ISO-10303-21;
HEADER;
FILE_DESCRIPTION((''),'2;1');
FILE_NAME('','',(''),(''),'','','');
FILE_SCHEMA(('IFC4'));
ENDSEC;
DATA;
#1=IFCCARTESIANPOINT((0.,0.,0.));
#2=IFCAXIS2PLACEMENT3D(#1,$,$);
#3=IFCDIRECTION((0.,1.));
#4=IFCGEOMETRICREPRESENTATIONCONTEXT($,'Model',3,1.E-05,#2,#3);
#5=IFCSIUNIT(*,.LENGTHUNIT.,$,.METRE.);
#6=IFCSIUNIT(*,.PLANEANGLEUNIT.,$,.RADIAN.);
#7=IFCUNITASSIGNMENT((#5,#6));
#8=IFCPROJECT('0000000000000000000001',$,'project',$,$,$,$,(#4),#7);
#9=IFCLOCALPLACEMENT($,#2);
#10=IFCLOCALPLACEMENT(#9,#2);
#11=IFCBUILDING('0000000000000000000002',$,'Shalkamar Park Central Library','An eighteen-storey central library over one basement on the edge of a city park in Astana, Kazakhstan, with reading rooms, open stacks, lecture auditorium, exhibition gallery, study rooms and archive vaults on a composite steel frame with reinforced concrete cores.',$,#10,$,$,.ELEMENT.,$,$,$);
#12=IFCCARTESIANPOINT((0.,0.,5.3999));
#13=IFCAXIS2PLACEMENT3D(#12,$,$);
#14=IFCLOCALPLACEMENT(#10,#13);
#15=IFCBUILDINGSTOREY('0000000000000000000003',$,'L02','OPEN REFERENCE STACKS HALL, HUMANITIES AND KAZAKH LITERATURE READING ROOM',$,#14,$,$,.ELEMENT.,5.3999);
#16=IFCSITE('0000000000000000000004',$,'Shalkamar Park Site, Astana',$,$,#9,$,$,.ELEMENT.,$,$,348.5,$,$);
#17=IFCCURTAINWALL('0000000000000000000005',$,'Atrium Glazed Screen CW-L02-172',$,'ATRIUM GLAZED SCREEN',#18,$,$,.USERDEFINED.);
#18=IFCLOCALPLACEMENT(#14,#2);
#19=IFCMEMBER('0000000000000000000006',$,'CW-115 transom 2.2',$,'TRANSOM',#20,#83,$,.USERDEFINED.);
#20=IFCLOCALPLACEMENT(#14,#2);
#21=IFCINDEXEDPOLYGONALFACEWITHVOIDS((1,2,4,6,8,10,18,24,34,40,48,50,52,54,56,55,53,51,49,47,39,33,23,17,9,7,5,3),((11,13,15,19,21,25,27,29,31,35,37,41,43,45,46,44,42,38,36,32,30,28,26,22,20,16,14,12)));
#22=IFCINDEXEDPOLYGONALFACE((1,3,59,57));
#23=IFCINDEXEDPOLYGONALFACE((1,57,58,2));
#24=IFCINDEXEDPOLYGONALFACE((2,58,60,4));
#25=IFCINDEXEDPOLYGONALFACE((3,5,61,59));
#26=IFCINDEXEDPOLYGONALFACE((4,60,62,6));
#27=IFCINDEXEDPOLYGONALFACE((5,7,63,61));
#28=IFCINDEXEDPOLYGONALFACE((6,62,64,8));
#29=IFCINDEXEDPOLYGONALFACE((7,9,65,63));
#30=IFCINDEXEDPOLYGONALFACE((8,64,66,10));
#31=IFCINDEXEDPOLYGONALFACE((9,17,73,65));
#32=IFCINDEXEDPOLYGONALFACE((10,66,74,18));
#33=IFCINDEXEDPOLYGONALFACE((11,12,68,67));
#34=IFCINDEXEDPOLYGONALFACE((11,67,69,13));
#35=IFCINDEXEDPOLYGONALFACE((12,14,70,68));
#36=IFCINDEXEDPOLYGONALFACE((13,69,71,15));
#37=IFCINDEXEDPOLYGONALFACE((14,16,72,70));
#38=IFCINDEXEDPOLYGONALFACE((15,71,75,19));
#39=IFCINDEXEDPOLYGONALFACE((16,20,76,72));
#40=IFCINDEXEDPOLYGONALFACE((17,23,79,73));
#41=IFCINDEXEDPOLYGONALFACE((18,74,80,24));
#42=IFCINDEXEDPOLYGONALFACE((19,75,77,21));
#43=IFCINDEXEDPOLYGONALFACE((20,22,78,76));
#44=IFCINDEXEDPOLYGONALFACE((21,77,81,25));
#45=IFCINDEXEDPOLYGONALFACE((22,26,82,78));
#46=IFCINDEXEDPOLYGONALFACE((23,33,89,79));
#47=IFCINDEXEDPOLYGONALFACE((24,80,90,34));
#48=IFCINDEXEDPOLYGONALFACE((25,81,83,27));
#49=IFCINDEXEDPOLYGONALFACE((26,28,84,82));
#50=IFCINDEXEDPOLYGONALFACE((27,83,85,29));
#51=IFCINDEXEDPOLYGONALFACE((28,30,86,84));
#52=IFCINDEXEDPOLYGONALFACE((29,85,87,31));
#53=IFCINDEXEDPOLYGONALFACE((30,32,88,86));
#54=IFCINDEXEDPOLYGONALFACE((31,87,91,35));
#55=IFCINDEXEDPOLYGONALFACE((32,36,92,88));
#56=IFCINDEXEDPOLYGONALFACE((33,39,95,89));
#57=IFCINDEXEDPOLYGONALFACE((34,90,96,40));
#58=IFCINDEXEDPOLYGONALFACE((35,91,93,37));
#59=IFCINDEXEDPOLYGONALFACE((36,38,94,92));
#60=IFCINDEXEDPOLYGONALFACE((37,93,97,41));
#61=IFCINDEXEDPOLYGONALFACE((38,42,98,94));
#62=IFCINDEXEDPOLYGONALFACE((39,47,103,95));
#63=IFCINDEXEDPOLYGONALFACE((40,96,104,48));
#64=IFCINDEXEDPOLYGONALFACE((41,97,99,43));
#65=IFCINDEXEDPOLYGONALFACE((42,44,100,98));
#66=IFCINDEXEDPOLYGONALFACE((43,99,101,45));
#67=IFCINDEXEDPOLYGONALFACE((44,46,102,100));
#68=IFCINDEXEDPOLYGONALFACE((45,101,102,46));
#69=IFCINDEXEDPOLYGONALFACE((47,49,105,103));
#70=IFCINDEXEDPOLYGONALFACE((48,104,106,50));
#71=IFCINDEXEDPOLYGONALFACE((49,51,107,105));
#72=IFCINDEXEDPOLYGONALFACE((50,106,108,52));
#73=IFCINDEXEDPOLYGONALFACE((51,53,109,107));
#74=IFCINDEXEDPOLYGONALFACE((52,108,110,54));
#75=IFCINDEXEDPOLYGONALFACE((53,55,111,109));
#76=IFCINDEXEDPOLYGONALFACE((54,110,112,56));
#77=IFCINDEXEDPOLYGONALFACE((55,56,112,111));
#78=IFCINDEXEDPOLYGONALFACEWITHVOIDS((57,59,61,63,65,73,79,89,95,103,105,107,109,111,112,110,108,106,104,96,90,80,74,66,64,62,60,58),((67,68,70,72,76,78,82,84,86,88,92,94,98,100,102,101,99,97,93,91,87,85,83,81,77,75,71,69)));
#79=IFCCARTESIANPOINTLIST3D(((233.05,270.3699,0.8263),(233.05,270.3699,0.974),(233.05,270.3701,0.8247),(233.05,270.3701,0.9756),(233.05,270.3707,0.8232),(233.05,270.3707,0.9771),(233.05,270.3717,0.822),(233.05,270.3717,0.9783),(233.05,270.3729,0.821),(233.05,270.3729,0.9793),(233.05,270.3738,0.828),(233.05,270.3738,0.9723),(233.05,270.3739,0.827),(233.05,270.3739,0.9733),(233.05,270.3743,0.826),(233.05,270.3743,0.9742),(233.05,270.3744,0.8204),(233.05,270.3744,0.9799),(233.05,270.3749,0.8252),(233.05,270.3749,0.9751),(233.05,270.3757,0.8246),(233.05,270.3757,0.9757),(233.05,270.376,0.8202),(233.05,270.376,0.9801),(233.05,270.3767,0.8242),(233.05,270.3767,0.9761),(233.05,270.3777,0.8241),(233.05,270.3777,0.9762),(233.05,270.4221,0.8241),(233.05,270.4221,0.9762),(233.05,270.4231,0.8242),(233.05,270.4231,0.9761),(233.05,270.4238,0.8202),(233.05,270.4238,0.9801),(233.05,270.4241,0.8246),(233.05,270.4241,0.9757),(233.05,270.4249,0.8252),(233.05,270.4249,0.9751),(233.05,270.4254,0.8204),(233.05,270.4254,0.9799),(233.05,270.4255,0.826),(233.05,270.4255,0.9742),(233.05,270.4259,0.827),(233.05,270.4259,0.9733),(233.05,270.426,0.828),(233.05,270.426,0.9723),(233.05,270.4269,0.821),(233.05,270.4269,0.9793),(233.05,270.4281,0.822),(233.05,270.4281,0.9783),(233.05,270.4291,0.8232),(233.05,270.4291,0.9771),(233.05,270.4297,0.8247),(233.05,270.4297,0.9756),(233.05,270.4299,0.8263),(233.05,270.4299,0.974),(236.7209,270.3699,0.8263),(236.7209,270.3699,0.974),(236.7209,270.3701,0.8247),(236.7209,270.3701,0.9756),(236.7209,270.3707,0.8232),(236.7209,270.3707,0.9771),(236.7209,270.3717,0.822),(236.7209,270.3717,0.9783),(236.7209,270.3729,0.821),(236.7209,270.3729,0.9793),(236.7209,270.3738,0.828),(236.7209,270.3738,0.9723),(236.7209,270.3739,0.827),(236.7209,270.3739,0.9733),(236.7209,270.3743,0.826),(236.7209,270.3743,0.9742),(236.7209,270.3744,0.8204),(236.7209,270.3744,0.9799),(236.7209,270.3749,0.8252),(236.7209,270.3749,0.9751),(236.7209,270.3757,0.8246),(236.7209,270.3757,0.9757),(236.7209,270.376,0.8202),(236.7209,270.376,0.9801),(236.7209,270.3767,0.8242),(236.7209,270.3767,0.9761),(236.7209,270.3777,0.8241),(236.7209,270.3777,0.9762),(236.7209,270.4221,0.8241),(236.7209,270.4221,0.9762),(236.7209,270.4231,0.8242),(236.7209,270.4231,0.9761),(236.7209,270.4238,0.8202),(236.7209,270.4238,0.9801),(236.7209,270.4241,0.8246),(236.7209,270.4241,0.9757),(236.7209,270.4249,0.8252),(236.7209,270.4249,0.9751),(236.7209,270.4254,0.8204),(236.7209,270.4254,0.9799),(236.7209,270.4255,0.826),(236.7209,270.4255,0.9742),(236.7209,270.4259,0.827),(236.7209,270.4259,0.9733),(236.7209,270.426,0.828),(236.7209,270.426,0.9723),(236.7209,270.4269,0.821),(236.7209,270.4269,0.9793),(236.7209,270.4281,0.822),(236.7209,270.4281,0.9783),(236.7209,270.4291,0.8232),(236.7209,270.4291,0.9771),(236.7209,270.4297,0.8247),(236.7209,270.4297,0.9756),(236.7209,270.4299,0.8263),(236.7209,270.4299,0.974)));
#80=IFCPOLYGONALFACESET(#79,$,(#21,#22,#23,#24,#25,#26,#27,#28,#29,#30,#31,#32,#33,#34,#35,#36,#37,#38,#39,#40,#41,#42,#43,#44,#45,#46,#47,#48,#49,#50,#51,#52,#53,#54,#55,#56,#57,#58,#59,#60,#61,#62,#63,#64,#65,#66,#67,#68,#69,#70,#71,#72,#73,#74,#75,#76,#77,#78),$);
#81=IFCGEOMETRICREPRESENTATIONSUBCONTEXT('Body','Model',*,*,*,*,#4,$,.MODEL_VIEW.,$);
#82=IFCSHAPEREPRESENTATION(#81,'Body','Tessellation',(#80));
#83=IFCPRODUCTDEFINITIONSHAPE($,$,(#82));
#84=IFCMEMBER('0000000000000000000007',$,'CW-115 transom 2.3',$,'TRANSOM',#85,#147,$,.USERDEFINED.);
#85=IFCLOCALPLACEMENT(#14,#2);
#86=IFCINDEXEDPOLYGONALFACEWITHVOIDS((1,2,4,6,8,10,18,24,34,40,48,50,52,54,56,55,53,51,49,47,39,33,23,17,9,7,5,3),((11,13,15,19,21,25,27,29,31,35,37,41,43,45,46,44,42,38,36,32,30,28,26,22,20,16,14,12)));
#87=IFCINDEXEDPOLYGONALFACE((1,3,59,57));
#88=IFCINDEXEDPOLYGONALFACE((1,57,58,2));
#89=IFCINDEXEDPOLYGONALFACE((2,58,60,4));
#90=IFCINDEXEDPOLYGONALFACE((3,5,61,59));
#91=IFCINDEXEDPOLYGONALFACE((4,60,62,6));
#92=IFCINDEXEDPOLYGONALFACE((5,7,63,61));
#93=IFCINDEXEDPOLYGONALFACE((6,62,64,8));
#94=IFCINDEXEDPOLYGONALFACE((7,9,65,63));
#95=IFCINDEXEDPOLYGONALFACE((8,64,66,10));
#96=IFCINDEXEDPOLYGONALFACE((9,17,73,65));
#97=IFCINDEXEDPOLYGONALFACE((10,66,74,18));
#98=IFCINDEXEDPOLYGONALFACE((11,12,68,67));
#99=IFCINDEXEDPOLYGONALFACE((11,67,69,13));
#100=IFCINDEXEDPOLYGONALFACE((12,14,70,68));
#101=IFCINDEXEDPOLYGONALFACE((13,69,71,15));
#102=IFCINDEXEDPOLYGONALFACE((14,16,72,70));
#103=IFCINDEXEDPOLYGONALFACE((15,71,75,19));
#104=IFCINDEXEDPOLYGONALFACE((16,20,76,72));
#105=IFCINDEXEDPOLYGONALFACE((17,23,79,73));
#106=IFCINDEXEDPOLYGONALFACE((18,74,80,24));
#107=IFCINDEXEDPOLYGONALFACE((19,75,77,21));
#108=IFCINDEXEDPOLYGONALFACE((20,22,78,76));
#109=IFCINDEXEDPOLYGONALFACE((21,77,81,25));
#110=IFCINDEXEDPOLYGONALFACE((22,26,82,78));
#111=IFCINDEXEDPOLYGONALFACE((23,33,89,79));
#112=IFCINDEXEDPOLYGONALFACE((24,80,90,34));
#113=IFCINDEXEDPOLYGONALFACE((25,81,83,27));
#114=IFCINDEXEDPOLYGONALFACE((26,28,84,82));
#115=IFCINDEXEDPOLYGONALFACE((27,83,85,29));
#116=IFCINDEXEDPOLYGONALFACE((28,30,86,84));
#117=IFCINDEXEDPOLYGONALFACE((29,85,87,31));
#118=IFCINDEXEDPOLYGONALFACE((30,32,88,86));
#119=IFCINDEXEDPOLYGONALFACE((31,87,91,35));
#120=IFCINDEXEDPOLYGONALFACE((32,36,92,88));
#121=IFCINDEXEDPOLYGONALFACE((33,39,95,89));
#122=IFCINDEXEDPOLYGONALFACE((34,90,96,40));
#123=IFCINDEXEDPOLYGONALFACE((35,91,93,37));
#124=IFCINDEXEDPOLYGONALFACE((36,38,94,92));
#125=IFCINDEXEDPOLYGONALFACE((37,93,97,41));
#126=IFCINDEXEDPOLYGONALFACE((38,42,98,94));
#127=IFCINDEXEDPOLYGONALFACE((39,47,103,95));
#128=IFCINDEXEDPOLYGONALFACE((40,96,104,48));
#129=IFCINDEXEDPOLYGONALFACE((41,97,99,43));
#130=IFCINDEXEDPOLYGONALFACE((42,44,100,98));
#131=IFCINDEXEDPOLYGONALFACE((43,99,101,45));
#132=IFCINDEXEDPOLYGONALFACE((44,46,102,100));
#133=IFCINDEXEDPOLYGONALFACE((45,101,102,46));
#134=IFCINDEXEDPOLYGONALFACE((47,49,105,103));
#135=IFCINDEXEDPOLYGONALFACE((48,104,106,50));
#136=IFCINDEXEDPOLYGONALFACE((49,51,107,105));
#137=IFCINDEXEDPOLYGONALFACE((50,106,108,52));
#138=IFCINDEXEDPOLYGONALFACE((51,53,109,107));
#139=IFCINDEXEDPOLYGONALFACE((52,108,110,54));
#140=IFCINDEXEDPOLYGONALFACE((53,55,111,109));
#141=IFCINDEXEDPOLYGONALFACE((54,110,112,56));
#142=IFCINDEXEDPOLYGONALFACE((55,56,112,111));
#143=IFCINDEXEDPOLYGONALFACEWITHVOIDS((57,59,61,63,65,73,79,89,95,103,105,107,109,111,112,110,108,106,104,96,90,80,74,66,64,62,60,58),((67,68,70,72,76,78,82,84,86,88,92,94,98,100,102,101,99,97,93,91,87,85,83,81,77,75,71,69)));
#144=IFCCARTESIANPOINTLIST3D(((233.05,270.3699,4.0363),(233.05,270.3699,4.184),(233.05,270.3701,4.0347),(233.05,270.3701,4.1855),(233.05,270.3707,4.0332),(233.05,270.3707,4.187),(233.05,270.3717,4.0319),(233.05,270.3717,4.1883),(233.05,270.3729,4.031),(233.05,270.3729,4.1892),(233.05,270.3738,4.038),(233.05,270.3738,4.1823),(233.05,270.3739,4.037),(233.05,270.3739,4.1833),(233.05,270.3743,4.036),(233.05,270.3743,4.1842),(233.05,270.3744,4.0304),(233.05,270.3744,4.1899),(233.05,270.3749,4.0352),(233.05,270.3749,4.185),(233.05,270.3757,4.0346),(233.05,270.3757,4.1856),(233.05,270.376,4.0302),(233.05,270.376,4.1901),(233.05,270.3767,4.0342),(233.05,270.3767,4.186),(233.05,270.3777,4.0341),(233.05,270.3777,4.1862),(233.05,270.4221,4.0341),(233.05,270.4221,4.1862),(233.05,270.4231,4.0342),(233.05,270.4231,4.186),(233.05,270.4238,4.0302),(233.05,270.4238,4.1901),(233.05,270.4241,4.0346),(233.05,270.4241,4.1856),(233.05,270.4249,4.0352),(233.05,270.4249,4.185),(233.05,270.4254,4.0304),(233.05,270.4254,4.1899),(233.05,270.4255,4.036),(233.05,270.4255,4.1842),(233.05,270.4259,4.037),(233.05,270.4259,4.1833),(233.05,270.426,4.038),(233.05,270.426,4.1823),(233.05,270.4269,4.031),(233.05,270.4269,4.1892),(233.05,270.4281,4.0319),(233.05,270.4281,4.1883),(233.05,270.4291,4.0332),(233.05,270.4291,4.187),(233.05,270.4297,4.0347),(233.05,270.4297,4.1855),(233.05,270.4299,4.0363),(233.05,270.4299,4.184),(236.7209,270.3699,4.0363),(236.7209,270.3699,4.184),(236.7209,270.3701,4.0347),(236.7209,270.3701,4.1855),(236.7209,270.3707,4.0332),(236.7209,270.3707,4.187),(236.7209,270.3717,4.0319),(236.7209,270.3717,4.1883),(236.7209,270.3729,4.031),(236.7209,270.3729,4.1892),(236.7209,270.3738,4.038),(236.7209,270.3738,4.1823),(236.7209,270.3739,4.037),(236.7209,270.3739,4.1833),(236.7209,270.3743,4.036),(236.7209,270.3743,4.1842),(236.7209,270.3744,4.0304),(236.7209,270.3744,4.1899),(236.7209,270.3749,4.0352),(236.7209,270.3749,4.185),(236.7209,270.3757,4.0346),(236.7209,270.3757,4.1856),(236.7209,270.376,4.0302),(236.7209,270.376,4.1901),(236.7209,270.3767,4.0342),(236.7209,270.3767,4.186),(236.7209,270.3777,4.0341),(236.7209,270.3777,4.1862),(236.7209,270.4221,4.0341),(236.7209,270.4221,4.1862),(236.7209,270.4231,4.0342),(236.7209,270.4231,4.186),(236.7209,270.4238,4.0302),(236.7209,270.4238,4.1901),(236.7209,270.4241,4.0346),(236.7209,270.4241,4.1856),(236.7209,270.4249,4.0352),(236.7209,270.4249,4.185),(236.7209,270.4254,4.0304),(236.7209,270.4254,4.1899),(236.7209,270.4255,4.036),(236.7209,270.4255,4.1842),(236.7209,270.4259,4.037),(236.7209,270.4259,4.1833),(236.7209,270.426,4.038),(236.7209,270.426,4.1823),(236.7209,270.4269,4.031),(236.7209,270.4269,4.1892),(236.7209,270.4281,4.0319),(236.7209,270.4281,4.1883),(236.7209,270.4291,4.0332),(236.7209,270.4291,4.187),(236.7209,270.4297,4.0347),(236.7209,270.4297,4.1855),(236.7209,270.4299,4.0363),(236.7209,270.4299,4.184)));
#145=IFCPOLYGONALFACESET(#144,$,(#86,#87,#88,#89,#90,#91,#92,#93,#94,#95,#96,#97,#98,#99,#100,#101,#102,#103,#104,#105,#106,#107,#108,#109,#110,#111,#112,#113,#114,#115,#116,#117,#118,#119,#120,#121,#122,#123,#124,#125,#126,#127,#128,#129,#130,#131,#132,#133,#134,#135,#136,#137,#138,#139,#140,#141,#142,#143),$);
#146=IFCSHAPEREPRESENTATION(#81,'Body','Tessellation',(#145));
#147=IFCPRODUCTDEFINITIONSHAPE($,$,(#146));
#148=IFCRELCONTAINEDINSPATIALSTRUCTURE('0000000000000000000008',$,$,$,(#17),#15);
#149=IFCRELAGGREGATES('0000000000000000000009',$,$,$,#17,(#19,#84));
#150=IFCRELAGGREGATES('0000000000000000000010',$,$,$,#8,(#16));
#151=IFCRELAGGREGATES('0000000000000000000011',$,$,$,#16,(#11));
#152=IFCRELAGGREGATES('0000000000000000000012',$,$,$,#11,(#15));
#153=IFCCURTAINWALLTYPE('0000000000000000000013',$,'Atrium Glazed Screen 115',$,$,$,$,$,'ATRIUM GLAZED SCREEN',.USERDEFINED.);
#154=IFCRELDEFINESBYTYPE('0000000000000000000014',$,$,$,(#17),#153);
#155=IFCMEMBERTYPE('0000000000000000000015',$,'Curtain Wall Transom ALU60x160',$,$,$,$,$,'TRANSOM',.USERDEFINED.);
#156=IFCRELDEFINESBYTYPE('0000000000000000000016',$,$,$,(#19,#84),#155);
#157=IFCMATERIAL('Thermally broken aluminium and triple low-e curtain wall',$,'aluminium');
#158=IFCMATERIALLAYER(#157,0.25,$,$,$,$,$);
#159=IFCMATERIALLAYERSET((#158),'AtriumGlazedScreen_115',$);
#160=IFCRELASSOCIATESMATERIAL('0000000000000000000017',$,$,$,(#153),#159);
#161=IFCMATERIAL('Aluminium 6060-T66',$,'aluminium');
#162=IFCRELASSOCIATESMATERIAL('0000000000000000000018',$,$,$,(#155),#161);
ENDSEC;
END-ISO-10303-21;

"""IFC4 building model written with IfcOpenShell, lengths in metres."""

from ifc_helpers import new_model, si_unit, direction, frame, origin, origin_2d, place, context, subcontext, project, spatial, hollow_rectangle, extrude, material, layer, layer_set, material_profile, profile_set, type_object, element, aggregate, save


model = new_model("IFC4")

# Units and contexts
model_context = context("Model", 3, precision=1e-05, world=origin(), true_north=direction((0.0, 1.0)))
body_context = subcontext(model_context, "Body", "Model", "MODEL_VIEW")
ifc_project = project(units=[si_unit("LENGTHUNIT", "METRE"), si_unit("PLANEANGLEUNIT", "RADIAN")], contexts=[model_context])

# Site, building, storey
site_placement = place(None, origin())
site = spatial("IfcSite", under=ifc_project, at=site_placement, Name="Shalkamar Park Site, Astana", CompositionType="ELEMENT", RefElevation=348.5)
building_placement = place(site_placement, origin())
building = spatial("IfcBuilding", under=site, at=building_placement, Name="Shalkamar Park Central Library", Description="An eighteen-storey central library over one basement on the edge of a city park in Astana, Kazakhstan, with reading rooms, open stacks, lecture auditorium, exhibition gallery, study rooms and archive vaults on a composite steel frame with reinforced concrete cores.", CompositionType="ELEMENT")
storey_placement = place(building_placement, frame((0.0, 0.0, 5.3999)))
storey = spatial("IfcBuildingStorey", under=building, at=storey_placement, Name="L02", Description="OPEN REFERENCE STACKS HALL, HUMANITIES AND KAZAKH LITERATURE READING ROOM", CompositionType="ELEMENT", Elevation=5.3999)

# Curtain wall
ifc_material_1 = material(Name="Thermally broken aluminium and triple low-e curtain wall", Category="aluminium")
ifc_layer_1 = layer(ifc_material_1, 0.25)
ifc_layer_set_1 = layer_set([ifc_layer_1], Name="AtriumGlazedScreen_115")
curtain_wall_type_1 = type_object("IfcCurtainWallType", Name="Atrium Glazed Screen 115", ElementType="ATRIUM GLAZED SCREEN", PredefinedType="USERDEFINED", material=ifc_layer_set_1)
curtain_wall_1_placement = place(storey_placement, origin())
curtain_wall_1 = element("IfcCurtainWall", 1, at=curtain_wall_1_placement, inside=storey, type_object=curtain_wall_type_1, Name="Atrium Glazed Screen CW-L02-172", ObjectType="ATRIUM GLAZED SCREEN", PredefinedType="USERDEFINED")
ifc_material_2 = material(Name="Aluminium 6060-T66", Category="aluminium")

# Members
ifc_material_profile_1 = material_profile(ifc_material_2, hollow_rectangle(XDim=0.0601, YDim=0.1599, WallThickness=0.0039, InnerFilletRadius=0.0039, OuterFilletRadius=0.0061, at=origin_2d()), Name="ALU 60x160x4")
ifc_profile_set_1 = profile_set([ifc_material_profile_1], Name="Aluminium 6060-T66")
member_type_1 = type_object("IfcMemberType", Name="Curtain Wall Transom ALU60x160", ElementType="TRANSOM", PredefinedType="USERDEFINED", material=ifc_profile_set_1)
member_1_placement = place(storey_placement, frame((233.05, 270.3999, 0.9001), z_axis=(1.0, 0.0, 0.0), x_axis=(0.0, 1.0, 0.0)))
member_1 = element("IfcMember", 2, at=member_1_placement, type_object=member_type_1, Name="CW-115 transom 2.2", ObjectType="TRANSOM", PredefinedType="USERDEFINED", context=body_context, shape_type="SweptSolid", body=[
    extrude(hollow_rectangle(XDim=0.0601, YDim=0.1599, WallThickness=0.0039, InnerFilletRadius=0.0039, OuterFilletRadius=0.0061, at=origin_2d()), origin(), (0.0, 0.0, 1.0), 3.6709),
])
member_2_placement = place(storey_placement, frame((233.05, 270.3999, 4.1101), z_axis=(1.0, 0.0, 0.0), x_axis=(0.0, 1.0, 0.0)))
member_2 = element("IfcMember", 3, at=member_2_placement, type_object=member_type_1, Name="CW-115 transom 2.3", ObjectType="TRANSOM", PredefinedType="USERDEFINED", context=body_context, shape_type="SweptSolid", body=[
    extrude(hollow_rectangle(XDim=0.0601, YDim=0.1599, WallThickness=0.0039, InnerFilletRadius=0.0039, OuterFilletRadius=0.0061, at=origin_2d()), origin(), (0.0, 0.0, 1.0), 3.6709),
])

aggregate(curtain_wall_1, [member_1, member_2])

save(model, "model.ifc")
